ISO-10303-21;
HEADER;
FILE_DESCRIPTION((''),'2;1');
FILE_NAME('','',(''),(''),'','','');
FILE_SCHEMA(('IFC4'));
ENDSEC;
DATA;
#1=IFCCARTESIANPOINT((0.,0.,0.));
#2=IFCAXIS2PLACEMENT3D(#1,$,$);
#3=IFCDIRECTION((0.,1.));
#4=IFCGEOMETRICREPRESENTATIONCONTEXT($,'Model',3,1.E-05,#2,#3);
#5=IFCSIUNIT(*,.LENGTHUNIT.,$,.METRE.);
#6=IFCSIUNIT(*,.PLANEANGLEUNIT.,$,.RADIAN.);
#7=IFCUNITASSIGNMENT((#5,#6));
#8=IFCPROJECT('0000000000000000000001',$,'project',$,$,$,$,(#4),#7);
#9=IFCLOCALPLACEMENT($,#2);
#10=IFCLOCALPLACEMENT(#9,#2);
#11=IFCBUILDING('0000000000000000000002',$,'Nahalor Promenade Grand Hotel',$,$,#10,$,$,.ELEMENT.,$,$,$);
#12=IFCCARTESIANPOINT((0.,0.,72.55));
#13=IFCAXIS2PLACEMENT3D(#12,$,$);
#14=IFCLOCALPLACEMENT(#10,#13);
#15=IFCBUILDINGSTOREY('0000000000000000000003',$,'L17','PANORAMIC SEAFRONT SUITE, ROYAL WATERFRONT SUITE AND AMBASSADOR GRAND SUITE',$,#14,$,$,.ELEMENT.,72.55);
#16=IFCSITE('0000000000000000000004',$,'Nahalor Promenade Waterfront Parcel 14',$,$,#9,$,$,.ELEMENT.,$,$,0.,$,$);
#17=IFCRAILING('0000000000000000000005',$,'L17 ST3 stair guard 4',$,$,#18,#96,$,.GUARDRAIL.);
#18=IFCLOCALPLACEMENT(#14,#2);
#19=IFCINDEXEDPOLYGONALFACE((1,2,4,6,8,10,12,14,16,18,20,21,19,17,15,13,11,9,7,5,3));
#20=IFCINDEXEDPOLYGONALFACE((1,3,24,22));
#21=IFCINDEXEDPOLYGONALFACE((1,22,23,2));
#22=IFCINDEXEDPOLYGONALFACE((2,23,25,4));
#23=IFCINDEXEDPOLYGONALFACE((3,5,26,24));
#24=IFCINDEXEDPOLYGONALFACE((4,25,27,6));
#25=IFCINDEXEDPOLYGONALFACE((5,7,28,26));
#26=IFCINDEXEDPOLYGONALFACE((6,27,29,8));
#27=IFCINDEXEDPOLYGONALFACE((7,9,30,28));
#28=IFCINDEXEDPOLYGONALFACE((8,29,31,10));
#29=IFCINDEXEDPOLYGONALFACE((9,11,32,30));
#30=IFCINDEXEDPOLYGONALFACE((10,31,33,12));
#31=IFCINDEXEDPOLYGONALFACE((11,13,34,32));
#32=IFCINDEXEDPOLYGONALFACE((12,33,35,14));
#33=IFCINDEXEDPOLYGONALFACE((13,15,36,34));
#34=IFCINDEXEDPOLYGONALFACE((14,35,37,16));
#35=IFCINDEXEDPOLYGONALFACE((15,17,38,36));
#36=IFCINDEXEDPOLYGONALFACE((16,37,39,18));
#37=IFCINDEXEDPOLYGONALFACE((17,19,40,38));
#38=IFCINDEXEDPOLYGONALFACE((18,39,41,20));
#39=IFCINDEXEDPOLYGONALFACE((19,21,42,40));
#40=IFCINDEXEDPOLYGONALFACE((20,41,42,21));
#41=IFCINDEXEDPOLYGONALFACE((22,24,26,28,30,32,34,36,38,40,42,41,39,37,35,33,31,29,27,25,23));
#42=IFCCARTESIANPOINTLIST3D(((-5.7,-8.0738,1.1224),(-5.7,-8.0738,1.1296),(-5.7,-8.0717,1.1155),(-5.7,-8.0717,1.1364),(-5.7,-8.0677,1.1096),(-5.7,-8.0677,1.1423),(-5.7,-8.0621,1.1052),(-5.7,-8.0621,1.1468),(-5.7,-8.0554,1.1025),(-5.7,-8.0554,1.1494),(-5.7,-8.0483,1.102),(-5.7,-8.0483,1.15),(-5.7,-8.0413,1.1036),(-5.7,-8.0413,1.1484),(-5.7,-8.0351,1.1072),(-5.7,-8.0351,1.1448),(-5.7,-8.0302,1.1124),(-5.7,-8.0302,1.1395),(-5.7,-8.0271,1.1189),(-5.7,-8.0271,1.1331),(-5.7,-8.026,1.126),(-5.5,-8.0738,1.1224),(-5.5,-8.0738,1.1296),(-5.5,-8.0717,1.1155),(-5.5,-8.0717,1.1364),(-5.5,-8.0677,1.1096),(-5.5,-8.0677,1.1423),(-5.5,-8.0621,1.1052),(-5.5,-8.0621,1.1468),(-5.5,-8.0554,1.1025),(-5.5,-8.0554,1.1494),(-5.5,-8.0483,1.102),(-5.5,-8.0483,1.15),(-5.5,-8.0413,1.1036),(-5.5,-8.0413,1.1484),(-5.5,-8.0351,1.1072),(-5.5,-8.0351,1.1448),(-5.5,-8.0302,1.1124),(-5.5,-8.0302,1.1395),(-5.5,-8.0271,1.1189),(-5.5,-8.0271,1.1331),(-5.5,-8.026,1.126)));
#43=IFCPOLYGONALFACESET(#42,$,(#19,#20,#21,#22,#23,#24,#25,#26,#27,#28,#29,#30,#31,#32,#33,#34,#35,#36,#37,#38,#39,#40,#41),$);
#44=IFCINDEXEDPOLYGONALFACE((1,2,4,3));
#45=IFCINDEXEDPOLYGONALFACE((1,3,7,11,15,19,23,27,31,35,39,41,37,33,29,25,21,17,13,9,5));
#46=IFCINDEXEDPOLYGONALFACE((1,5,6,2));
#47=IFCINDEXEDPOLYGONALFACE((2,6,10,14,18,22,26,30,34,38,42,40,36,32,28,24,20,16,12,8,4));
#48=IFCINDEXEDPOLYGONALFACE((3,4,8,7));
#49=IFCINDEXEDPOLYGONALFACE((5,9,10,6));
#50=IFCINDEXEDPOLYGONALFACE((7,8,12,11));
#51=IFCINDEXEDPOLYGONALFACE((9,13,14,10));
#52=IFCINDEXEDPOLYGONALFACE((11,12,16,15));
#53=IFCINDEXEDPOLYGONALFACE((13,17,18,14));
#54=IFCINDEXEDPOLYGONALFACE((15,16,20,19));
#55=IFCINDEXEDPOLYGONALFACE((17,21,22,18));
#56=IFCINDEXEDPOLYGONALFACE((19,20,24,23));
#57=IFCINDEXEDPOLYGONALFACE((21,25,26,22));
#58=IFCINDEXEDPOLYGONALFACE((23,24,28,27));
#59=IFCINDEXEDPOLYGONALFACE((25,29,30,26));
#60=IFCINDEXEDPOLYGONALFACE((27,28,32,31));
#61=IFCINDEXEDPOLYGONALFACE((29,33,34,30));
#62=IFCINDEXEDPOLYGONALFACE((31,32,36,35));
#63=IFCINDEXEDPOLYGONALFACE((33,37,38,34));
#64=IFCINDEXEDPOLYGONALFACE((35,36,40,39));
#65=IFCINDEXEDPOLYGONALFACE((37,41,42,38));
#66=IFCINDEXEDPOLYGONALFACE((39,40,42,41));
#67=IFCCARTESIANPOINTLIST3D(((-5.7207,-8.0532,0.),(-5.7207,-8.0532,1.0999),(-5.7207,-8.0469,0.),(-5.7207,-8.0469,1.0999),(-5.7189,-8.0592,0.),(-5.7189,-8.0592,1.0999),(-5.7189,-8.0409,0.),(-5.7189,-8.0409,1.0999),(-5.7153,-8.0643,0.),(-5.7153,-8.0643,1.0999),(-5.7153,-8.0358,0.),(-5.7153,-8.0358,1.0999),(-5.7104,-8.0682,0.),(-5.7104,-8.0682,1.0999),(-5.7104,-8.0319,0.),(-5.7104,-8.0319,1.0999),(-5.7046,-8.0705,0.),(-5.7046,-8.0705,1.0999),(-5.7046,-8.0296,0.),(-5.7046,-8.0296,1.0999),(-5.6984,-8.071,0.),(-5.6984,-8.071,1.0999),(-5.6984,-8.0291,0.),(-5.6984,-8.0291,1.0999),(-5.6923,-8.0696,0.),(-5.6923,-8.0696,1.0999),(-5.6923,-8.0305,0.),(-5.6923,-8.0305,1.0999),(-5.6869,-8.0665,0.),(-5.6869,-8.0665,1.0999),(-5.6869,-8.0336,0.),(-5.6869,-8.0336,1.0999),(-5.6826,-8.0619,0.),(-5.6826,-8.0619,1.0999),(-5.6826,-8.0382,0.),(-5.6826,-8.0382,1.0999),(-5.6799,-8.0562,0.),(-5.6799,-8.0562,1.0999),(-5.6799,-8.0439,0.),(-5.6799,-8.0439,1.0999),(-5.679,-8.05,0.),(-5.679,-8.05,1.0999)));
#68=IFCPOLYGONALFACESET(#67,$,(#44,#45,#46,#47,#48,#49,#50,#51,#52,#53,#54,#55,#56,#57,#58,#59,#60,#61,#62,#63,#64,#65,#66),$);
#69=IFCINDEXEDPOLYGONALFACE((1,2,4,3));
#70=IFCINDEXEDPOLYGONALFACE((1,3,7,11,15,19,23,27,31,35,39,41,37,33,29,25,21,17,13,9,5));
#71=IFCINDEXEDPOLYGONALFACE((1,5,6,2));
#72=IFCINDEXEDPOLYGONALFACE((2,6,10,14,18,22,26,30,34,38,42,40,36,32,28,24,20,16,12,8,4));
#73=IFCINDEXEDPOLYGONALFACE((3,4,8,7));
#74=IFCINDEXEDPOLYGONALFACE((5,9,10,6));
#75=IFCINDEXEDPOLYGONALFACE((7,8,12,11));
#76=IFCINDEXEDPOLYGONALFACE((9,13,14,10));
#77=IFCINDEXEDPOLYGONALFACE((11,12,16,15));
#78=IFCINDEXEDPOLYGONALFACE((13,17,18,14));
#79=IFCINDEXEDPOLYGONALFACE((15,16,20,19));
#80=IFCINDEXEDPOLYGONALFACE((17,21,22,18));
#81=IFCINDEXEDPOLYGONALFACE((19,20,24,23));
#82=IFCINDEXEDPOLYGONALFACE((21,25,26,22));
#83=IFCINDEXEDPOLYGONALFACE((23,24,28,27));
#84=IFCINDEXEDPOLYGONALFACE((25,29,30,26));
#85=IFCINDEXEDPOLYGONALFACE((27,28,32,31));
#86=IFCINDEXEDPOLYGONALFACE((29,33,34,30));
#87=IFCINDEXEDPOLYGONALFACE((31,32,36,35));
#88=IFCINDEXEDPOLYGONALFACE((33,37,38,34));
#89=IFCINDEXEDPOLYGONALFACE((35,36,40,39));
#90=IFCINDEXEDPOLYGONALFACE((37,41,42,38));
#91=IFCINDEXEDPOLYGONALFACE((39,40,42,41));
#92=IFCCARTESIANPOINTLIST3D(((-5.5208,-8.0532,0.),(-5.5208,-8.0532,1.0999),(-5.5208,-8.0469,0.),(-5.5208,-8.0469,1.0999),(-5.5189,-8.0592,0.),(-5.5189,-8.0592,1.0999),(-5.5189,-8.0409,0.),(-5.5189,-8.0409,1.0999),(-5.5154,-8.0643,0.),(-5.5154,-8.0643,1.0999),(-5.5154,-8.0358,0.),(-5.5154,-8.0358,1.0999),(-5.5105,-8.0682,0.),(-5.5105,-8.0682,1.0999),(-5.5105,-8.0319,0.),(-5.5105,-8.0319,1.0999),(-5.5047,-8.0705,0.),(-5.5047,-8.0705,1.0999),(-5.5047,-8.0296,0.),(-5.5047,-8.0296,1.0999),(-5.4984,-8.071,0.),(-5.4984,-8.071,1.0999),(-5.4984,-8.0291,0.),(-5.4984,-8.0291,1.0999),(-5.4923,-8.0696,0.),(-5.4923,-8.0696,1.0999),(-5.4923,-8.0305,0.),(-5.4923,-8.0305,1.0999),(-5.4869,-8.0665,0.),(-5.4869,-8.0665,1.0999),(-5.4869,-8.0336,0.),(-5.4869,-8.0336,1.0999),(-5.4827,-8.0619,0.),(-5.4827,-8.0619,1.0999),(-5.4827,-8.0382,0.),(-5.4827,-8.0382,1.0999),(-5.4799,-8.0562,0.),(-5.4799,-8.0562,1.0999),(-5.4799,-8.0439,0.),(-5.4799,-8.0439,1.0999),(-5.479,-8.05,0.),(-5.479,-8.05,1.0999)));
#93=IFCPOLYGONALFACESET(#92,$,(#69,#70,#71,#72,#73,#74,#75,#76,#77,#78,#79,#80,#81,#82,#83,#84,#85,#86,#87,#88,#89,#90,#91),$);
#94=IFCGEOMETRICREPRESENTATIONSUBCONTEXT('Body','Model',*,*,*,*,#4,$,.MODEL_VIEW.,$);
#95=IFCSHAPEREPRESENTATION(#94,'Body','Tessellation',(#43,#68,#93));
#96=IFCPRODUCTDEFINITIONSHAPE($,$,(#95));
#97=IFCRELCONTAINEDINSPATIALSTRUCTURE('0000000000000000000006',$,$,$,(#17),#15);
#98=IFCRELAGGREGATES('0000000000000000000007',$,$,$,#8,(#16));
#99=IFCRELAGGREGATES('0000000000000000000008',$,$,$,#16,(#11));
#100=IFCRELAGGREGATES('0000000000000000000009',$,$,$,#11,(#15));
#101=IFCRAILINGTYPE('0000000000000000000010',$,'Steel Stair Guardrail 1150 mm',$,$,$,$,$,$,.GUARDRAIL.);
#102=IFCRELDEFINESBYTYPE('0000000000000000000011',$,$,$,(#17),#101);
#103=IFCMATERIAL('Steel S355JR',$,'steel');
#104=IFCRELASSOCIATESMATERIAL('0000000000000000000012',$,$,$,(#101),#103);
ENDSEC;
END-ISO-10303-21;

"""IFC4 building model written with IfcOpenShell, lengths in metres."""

from ifc_helpers import new_model, si_unit, direction, frame, origin, origin_2d, place, context, subcontext, project, spatial, circle, extrude, material, type_object, element, save


model = new_model("IFC4")

# Units and contexts
model_context = context("Model", 3, precision=1e-05, world=origin(), true_north=direction((0.0, 1.0)))
body_context = subcontext(model_context, "Body", "Model", "MODEL_VIEW")
ifc_project = project(units=[si_unit("LENGTHUNIT", "METRE"), si_unit("PLANEANGLEUNIT", "RADIAN")], contexts=[model_context])

# Site, building, storey
site_placement = place(None, origin())
site = spatial("IfcSite", under=ifc_project, at=site_placement, Name="Nahalor Promenade Waterfront Parcel 14", CompositionType="ELEMENT", RefElevation=0.0)
building_placement = place(site_placement, origin())
building = spatial("IfcBuilding", under=site, at=building_placement, Name="Nahalor Promenade Grand Hotel", CompositionType="ELEMENT")
storey_placement = place(building_placement, frame((0.0, 0.0, 72.55)))
storey = spatial("IfcBuildingStorey", under=building, at=storey_placement, Name="L17", Description="PANORAMIC SEAFRONT SUITE, ROYAL WATERFRONT SUITE AND AMBASSADOR GRAND SUITE", CompositionType="ELEMENT", Elevation=72.55)

# Shared definitions
ifc_material_1 = material(Name="Steel S355JR", Category="steel")

# Railing
railing_type_1 = type_object("IfcRailingType", Name="Steel Stair Guardrail 1150 mm", PredefinedType="GUARDRAIL", material=ifc_material_1)
railing_1_placement = place(storey_placement, frame((-5.7, -8.05, 0.0)))
element("IfcRailing", 1, at=railing_1_placement, inside=storey, type_object=railing_type_1, Name="L17 ST3 stair guard 4", PredefinedType="GUARDRAIL", context=body_context, shape_type="SweptSolid", body=[
    extrude(circle(Radius=0.024, at=origin_2d()), frame((0.0, 0.0, 1.126), z_axis=(1.0, 0.0, 0.0), x_axis=(0.0, 1.0, 0.0)), (0.0, 0.0, 1.0), 0.2),
    extrude(circle(Radius=0.021, at=origin_2d()), origin(), (0.0, 0.0, 1.0), 1.0999),
    extrude(circle(Radius=0.021, at=origin_2d()), frame((0.2, 0.0, 0.0)), (0.0, 0.0, 1.0), 1.0999),
])

save(model, "model.ifc")
